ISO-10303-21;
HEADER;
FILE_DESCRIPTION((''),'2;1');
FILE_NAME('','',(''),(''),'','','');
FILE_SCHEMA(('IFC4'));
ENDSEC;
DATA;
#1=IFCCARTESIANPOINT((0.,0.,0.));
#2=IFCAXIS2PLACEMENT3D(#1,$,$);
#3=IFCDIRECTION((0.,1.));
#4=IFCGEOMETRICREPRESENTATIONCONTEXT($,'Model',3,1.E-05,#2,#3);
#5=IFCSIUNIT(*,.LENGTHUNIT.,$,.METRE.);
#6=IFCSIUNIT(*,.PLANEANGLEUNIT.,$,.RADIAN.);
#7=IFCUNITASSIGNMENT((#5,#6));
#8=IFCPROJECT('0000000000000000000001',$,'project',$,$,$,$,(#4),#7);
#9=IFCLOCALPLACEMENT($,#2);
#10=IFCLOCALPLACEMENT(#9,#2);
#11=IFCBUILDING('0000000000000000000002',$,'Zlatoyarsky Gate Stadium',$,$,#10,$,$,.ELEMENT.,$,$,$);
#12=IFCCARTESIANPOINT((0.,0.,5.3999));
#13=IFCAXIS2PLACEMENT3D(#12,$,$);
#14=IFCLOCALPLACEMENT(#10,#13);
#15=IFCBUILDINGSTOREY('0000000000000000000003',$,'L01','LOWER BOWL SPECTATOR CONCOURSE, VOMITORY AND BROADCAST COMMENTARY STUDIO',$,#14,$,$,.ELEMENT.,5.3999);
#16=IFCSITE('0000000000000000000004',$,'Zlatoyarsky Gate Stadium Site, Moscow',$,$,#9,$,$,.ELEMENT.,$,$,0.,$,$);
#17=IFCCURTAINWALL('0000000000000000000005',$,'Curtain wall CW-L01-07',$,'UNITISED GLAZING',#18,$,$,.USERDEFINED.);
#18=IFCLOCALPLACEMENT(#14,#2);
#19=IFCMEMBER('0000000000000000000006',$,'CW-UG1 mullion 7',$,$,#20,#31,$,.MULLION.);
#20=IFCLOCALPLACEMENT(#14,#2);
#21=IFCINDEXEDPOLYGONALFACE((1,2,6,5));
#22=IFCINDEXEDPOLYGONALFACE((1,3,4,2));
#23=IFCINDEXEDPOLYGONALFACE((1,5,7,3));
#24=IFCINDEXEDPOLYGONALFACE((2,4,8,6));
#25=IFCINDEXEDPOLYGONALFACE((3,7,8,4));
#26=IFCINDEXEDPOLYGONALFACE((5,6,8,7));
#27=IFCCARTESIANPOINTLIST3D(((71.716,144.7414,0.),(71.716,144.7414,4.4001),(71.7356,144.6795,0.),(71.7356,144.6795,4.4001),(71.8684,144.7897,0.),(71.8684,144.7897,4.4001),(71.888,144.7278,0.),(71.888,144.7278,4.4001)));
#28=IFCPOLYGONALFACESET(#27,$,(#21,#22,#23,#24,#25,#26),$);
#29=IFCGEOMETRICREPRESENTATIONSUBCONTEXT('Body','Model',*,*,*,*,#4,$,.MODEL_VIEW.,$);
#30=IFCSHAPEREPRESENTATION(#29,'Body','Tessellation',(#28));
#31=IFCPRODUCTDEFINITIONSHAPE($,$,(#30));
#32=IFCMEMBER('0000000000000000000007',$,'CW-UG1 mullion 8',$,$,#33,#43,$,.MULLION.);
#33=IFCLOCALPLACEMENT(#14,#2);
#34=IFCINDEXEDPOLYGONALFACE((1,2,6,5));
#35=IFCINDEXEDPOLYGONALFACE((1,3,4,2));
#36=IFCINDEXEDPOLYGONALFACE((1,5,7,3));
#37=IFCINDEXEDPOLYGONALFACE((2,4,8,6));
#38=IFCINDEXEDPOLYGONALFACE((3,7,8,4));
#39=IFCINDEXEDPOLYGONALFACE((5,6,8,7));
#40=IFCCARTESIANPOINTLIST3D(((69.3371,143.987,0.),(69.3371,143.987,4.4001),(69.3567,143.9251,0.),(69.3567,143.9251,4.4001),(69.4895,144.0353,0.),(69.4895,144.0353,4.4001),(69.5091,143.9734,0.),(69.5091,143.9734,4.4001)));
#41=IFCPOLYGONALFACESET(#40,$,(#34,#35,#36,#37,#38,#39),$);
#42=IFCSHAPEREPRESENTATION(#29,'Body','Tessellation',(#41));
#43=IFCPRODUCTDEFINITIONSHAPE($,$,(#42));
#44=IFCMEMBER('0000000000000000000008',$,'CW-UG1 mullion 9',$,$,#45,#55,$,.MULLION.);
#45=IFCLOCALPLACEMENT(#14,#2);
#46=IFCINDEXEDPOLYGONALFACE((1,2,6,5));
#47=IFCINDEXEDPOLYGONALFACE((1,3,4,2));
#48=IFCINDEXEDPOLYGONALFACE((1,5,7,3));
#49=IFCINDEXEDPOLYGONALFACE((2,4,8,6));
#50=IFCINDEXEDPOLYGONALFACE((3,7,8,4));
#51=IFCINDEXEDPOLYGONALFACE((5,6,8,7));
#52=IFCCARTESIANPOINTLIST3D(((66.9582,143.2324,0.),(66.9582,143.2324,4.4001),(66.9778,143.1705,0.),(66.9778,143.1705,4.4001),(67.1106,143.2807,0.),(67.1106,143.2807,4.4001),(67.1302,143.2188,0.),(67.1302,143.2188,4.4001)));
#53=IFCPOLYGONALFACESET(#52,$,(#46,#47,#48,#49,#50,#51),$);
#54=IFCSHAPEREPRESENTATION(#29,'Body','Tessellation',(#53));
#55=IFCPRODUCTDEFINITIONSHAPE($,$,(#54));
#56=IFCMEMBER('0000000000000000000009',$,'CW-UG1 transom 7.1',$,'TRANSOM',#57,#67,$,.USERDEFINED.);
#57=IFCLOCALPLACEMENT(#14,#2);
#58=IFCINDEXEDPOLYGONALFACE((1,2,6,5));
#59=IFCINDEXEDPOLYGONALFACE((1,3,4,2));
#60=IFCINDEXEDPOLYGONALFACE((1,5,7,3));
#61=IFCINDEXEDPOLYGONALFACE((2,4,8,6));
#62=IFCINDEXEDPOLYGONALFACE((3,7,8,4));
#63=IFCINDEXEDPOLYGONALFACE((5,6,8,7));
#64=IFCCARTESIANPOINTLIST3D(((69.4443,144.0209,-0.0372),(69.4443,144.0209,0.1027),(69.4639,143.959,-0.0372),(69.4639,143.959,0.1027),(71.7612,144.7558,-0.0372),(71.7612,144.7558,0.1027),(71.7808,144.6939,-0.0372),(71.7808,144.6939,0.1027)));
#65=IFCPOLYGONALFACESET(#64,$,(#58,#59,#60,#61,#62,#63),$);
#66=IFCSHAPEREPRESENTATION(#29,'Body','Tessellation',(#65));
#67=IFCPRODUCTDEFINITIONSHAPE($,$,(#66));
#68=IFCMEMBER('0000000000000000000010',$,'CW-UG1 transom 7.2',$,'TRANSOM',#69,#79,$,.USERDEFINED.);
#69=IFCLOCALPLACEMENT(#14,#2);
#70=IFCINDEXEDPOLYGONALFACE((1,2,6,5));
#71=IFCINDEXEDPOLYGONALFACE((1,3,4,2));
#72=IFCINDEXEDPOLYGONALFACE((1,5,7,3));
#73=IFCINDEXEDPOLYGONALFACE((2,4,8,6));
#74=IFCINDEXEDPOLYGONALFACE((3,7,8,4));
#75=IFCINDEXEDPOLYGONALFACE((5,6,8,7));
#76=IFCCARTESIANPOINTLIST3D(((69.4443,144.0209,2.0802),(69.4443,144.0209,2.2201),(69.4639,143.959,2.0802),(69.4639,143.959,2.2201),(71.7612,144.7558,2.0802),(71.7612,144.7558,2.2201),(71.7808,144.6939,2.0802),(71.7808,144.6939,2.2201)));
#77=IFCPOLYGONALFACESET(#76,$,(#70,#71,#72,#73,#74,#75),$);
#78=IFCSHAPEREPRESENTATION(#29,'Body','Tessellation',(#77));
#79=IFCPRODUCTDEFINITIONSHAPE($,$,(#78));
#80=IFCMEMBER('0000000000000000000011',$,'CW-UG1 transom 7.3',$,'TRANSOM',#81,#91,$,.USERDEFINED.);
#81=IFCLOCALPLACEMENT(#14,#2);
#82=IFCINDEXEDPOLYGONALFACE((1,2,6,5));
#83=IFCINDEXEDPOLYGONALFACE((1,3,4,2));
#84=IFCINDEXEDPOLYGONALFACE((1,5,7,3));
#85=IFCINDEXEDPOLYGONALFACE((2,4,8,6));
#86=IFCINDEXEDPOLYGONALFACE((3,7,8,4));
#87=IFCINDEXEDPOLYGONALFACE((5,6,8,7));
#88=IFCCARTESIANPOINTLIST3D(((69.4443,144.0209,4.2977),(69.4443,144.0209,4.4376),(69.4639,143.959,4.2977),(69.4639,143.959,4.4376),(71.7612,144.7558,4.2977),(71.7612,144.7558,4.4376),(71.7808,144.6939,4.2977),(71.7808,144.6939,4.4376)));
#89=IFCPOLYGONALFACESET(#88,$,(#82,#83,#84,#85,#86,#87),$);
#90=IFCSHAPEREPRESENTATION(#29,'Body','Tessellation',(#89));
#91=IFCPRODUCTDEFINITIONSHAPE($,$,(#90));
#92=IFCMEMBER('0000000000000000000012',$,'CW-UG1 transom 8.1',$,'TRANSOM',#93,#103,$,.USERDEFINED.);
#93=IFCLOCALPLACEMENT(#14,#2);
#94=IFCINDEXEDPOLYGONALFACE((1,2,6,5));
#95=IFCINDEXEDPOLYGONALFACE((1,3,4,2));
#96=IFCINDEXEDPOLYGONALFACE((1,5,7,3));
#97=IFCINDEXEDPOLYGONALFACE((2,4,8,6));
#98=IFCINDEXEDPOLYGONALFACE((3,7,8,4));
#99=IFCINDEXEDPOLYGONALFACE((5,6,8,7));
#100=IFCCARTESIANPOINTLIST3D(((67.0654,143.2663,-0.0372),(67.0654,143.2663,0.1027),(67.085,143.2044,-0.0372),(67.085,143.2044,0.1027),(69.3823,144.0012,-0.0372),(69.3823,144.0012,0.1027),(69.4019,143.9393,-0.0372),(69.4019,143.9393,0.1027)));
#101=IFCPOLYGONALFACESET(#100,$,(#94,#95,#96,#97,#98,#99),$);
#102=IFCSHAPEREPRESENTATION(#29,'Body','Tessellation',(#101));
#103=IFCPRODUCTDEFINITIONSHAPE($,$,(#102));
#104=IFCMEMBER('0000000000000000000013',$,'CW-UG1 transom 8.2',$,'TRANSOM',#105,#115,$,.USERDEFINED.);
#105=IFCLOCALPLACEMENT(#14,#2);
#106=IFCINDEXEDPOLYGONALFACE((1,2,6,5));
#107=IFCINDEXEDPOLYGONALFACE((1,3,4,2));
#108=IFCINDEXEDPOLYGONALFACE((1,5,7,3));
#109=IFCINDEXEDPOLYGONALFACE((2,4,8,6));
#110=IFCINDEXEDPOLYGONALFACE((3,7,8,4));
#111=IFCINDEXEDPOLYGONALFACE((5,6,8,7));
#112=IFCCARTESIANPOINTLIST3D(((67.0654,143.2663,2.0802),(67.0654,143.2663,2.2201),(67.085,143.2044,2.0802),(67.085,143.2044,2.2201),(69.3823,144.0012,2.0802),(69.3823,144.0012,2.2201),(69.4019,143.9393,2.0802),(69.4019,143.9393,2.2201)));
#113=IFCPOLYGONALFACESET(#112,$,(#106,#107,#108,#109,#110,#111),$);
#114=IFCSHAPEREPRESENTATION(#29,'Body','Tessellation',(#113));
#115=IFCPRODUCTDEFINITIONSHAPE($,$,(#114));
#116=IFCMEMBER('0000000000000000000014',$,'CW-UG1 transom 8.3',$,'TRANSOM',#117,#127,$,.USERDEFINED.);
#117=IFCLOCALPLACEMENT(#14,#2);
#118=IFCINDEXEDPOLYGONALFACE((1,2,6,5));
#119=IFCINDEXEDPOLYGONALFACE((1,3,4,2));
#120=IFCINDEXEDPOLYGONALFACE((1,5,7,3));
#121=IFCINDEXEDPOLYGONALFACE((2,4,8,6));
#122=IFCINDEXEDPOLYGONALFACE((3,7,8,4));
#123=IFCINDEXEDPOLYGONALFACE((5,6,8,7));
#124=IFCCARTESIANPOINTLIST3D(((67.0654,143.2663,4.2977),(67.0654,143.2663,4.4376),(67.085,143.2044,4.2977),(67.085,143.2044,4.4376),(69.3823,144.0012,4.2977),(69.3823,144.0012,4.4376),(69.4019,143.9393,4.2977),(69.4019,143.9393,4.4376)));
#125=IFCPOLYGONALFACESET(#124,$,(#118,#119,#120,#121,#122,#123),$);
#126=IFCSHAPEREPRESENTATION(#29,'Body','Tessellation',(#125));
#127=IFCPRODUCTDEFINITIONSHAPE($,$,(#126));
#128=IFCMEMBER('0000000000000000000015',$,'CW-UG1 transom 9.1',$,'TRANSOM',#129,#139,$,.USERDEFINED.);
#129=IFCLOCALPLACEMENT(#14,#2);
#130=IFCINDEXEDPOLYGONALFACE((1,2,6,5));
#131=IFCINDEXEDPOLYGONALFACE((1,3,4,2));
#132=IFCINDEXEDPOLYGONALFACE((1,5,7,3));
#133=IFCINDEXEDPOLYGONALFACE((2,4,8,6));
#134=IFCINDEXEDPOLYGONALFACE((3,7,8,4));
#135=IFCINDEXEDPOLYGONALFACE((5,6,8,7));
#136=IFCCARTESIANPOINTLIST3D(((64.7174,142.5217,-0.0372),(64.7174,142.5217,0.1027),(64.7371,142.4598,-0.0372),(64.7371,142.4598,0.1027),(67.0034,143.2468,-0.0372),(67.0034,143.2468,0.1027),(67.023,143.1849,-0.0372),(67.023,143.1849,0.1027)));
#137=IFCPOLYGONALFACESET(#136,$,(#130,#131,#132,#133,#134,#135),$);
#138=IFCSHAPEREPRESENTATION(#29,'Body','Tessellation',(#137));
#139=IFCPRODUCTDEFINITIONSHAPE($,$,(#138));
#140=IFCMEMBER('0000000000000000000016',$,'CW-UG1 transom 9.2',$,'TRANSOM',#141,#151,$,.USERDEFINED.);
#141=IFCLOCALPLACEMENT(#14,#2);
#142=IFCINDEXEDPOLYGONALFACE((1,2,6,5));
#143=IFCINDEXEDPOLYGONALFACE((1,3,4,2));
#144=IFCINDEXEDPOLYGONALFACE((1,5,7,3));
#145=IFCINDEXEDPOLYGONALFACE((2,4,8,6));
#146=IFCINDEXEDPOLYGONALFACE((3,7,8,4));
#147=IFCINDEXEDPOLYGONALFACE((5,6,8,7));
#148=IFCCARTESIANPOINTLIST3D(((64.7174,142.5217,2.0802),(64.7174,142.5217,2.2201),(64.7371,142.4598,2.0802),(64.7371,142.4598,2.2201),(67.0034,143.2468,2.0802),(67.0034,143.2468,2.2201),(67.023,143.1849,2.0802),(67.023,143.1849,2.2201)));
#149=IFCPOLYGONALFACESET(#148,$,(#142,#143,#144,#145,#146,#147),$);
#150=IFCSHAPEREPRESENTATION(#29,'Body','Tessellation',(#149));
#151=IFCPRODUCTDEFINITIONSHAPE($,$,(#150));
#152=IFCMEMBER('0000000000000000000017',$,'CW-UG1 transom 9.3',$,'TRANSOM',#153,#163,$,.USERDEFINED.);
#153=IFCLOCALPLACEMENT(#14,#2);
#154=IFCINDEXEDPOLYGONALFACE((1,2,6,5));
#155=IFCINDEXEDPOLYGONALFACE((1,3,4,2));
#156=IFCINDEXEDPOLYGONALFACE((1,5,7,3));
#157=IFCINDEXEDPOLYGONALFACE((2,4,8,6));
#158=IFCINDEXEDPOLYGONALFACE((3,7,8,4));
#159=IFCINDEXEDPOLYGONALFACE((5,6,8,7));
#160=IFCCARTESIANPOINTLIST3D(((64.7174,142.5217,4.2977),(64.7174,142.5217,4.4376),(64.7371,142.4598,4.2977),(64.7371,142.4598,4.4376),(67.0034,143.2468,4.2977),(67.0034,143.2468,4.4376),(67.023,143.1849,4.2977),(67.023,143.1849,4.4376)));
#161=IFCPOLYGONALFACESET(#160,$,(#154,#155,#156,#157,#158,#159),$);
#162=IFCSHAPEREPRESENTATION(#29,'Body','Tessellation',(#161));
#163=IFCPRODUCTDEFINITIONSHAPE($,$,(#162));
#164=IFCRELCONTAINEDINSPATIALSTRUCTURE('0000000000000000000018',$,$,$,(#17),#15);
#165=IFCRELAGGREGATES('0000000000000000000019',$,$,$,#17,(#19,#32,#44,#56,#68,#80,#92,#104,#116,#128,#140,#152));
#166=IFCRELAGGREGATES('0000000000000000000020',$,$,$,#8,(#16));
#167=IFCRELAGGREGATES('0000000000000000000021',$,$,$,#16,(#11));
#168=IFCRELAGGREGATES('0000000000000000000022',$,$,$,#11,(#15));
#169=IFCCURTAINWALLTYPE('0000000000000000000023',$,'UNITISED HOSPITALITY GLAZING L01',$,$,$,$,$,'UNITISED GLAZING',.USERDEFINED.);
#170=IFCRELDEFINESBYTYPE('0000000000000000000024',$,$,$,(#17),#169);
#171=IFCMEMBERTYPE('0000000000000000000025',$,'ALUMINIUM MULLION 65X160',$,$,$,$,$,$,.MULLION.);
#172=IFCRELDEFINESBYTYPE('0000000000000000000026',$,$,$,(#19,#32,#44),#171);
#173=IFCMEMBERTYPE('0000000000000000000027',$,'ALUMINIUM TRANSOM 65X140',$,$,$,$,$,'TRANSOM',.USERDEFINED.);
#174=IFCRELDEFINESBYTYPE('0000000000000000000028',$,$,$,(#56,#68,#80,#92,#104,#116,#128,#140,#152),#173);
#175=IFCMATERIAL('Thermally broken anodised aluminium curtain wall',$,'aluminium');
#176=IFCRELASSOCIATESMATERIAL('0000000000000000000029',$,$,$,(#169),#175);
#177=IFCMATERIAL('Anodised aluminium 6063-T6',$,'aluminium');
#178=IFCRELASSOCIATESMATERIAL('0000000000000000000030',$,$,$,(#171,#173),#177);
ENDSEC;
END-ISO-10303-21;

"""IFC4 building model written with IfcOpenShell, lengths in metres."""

from ifc_helpers import new_model, si_unit, direction, frame, origin, origin_2d, place, context, subcontext, project, spatial, rectangle, extrude, material, material_profile, profile_set, type_object, element, aggregate, save


model = new_model("IFC4")

# Units and contexts
model_context = context("Model", 3, precision=1e-05, world=origin(), true_north=direction((0.0, 1.0)))
body_context = subcontext(model_context, "Body", "Model", "MODEL_VIEW")
ifc_project = project(units=[si_unit("LENGTHUNIT", "METRE"), si_unit("PLANEANGLEUNIT", "RADIAN")], contexts=[model_context])

# Site, building, storey
site_placement = place(None, origin())
site = spatial("IfcSite", under=ifc_project, at=site_placement, Name="Zlatoyarsky Gate Stadium Site, Moscow", CompositionType="ELEMENT", RefElevation=0.0)
building_placement = place(site_placement, origin())
building = spatial("IfcBuilding", under=site, at=building_placement, Name="Zlatoyarsky Gate Stadium", CompositionType="ELEMENT")
storey_placement = place(building_placement, frame((0.0, 0.0, 5.3999)))
storey = spatial("IfcBuildingStorey", under=building, at=storey_placement, Name="L01", Description="LOWER BOWL SPECTATOR CONCOURSE, VOMITORY AND BROADCAST COMMENTARY STUDIO", CompositionType="ELEMENT", Elevation=5.3999)

# Curtain wall, members
ifc_material_1 = material(Name="Thermally broken anodised aluminium curtain wall", Category="aluminium")
curtain_wall_type = type_object("IfcCurtainWallType", Name="UNITISED HOSPITALITY GLAZING L01", ElementType="UNITISED GLAZING", PredefinedType="USERDEFINED", material=ifc_material_1)
curtain_wall_placement = place(storey_placement, origin())
curtain_wall = element("IfcCurtainWall", 1, at=curtain_wall_placement, inside=storey, type_object=curtain_wall_type, Name="Curtain wall CW-L01-07", ObjectType="UNITISED GLAZING", PredefinedType="USERDEFINED")
ifc_material_2 = material(Name="Anodised aluminium 6063-T6", Category="aluminium")
ifc_material_profile_1 = material_profile(ifc_material_2, rectangle(XDim=0.0649, YDim=0.1599, at=origin_2d()), Name="ALU 65X160")
ifc_profile_set_1 = profile_set([ifc_material_profile_1], Name="Anodised aluminium 6063-T6")
member_type_1 = type_object("IfcMemberType", Name="ALUMINIUM MULLION 65X160", PredefinedType="MULLION", material=ifc_profile_set_1)
member_1_placement = place(storey_placement, frame((71.802, 144.7346, 0.0), z_axis=(0.0, 0.0, 1.0), x_axis=(0.302335, -0.953202, 0.0)))
member_1 = element("IfcMember", 2, at=member_1_placement, type_object=member_type_1, Name="CW-UG1 mullion 7", PredefinedType="MULLION", context=body_context, shape_type="SweptSolid", body=[
    extrude(rectangle(XDim=0.0649, YDim=0.1599, at=origin_2d()), origin(), (0.0, 0.0, 1.0), 4.4001),
])
member_2_placement = place(storey_placement, frame((69.4231, 143.9802, 0.0), z_axis=(0.0, 0.0, 1.0), x_axis=(0.302335, -0.953202, 0.0)))
member_2 = element("IfcMember", 3, at=member_2_placement, type_object=member_type_1, Name="CW-UG1 mullion 8", PredefinedType="MULLION", context=body_context, shape_type="SweptSolid", body=[
    extrude(rectangle(XDim=0.0649, YDim=0.1599, at=origin_2d()), origin(), (0.0, 0.0, 1.0), 4.4001),
])
member_3_placement = place(storey_placement, frame((67.0442, 143.2256, 0.0), z_axis=(0.0, 0.0, 1.0), x_axis=(0.302335, -0.953202, 0.0)))
member_3 = element("IfcMember", 4, at=member_3_placement, type_object=member_type_1, Name="CW-UG1 mullion 9", PredefinedType="MULLION", context=body_context, shape_type="SweptSolid", body=[
    extrude(rectangle(XDim=0.0649, YDim=0.1599, at=origin_2d()), origin(), (0.0, 0.0, 1.0), 4.4001),
])
ifc_material_profile_2 = material_profile(ifc_material_2, rectangle(XDim=0.0649, YDim=0.1399, at=origin_2d()), Name="ALU 65X140")
ifc_profile_set_2 = profile_set([ifc_material_profile_2], Name="Anodised aluminium 6063-T6")
member_type_2 = type_object("IfcMemberType", Name="ALUMINIUM TRANSOM 65X140", ElementType="TRANSOM", PredefinedType="USERDEFINED", material=ifc_profile_set_2)
member_4_placement = place(storey_placement, frame((71.771, 144.7249, 0.0327), z_axis=(-0.953202, -0.302333, 0.0), x_axis=(0.302333, -0.953202, 0.0)))
member_4 = element("IfcMember", 5, at=member_4_placement, type_object=member_type_2, Name="CW-UG1 transom 7.1", ObjectType="TRANSOM", PredefinedType="USERDEFINED", context=body_context, shape_type="SweptSolid", body=[
    extrude(rectangle(XDim=0.0649, YDim=0.1399, at=origin_2d()), origin(), (0.0, 0.0, 1.0), 2.4307),
])
member_5_placement = place(storey_placement, frame((71.771, 144.7249, 2.1501), z_axis=(-0.953202, -0.302333, 0.0), x_axis=(0.302333, -0.953202, 0.0)))
member_5 = element("IfcMember", 6, at=member_5_placement, type_object=member_type_2, Name="CW-UG1 transom 7.2", ObjectType="TRANSOM", PredefinedType="USERDEFINED", context=body_context, shape_type="SweptSolid", body=[
    extrude(rectangle(XDim=0.0649, YDim=0.1399, at=origin_2d()), origin(), (0.0, 0.0, 1.0), 2.4307),
])
member_6_placement = place(storey_placement, frame((71.771, 144.7249, 4.3677), z_axis=(-0.953202, -0.302333, 0.0), x_axis=(0.302333, -0.953202, 0.0)))
member_6 = element("IfcMember", 7, at=member_6_placement, type_object=member_type_2, Name="CW-UG1 transom 7.3", ObjectType="TRANSOM", PredefinedType="USERDEFINED", context=body_context, shape_type="SweptSolid", body=[
    extrude(rectangle(XDim=0.0649, YDim=0.1399, at=origin_2d()), origin(), (0.0, 0.0, 1.0), 2.4307),
])
member_7_placement = place(storey_placement, frame((69.3921, 143.9702, 0.0327), z_axis=(-0.953202, -0.302333, 0.0), x_axis=(0.302333, -0.953202, 0.0)))
member_7 = element("IfcMember", 8, at=member_7_placement, type_object=member_type_2, Name="CW-UG1 transom 8.1", ObjectType="TRANSOM", PredefinedType="USERDEFINED", context=body_context, shape_type="SweptSolid", body=[
    extrude(rectangle(XDim=0.0649, YDim=0.1399, at=origin_2d()), origin(), (0.0, 0.0, 1.0), 2.4307),
])
member_8_placement = place(storey_placement, frame((69.3921, 143.9702, 2.1501), z_axis=(-0.953202, -0.302333, 0.0), x_axis=(0.302333, -0.953202, 0.0)))
member_8 = element("IfcMember", 9, at=member_8_placement, type_object=member_type_2, Name="CW-UG1 transom 8.2", ObjectType="TRANSOM", PredefinedType="USERDEFINED", context=body_context, shape_type="SweptSolid", body=[
    extrude(rectangle(XDim=0.0649, YDim=0.1399, at=origin_2d()), origin(), (0.0, 0.0, 1.0), 2.4307),
])
member_9_placement = place(storey_placement, frame((69.3921, 143.9702, 4.3677), z_axis=(-0.953202, -0.302333, 0.0), x_axis=(0.302333, -0.953202, 0.0)))
member_9 = element("IfcMember", 10, at=member_9_placement, type_object=member_type_2, Name="CW-UG1 transom 8.3", ObjectType="TRANSOM", PredefinedType="USERDEFINED", context=body_context, shape_type="SweptSolid", body=[
    extrude(rectangle(XDim=0.0649, YDim=0.1399, at=origin_2d()), origin(), (0.0, 0.0, 1.0), 2.4307),
])
member_10_placement = place(storey_placement, frame((67.0132, 143.2158, 0.0327), z_axis=(-0.953194, -0.302359, 0.0), x_axis=(0.302359, -0.953194, 0.0)))
member_10 = element("IfcMember", 11, at=member_10_placement, type_object=member_type_2, Name="CW-UG1 transom 9.1", ObjectType="TRANSOM", PredefinedType="USERDEFINED", context=body_context, shape_type="SweptSolid", body=[
    extrude(rectangle(XDim=0.0649, YDim=0.1399, at=origin_2d()), origin(), (0.0, 0.0, 1.0), 2.3982),
])
member_11_placement = place(storey_placement, frame((67.0132, 143.2158, 2.1501), z_axis=(-0.953194, -0.302359, 0.0), x_axis=(0.302359, -0.953194, 0.0)))
member_11 = element("IfcMember", 12, at=member_11_placement, type_object=member_type_2, Name="CW-UG1 transom 9.2", ObjectType="TRANSOM", PredefinedType="USERDEFINED", context=body_context, shape_type="SweptSolid", body=[
    extrude(rectangle(XDim=0.0649, YDim=0.1399, at=origin_2d()), origin(), (0.0, 0.0, 1.0), 2.3982),
])
member_12_placement = place(storey_placement, frame((67.0132, 143.2158, 4.3677), z_axis=(-0.953194, -0.302359, 0.0), x_axis=(0.302359, -0.953194, 0.0)))
member_12 = element("IfcMember", 13, at=member_12_placement, type_object=member_type_2, Name="CW-UG1 transom 9.3", ObjectType="TRANSOM", PredefinedType="USERDEFINED", context=body_context, shape_type="SweptSolid", body=[
    extrude(rectangle(XDim=0.0649, YDim=0.1399, at=origin_2d()), origin(), (0.0, 0.0, 1.0), 2.3982),
])

aggregate(curtain_wall, [member_1, member_2, member_3, member_4, member_5, member_6, member_7, member_8, member_9, member_10, member_11, member_12])

save(model, "model.ifc")
